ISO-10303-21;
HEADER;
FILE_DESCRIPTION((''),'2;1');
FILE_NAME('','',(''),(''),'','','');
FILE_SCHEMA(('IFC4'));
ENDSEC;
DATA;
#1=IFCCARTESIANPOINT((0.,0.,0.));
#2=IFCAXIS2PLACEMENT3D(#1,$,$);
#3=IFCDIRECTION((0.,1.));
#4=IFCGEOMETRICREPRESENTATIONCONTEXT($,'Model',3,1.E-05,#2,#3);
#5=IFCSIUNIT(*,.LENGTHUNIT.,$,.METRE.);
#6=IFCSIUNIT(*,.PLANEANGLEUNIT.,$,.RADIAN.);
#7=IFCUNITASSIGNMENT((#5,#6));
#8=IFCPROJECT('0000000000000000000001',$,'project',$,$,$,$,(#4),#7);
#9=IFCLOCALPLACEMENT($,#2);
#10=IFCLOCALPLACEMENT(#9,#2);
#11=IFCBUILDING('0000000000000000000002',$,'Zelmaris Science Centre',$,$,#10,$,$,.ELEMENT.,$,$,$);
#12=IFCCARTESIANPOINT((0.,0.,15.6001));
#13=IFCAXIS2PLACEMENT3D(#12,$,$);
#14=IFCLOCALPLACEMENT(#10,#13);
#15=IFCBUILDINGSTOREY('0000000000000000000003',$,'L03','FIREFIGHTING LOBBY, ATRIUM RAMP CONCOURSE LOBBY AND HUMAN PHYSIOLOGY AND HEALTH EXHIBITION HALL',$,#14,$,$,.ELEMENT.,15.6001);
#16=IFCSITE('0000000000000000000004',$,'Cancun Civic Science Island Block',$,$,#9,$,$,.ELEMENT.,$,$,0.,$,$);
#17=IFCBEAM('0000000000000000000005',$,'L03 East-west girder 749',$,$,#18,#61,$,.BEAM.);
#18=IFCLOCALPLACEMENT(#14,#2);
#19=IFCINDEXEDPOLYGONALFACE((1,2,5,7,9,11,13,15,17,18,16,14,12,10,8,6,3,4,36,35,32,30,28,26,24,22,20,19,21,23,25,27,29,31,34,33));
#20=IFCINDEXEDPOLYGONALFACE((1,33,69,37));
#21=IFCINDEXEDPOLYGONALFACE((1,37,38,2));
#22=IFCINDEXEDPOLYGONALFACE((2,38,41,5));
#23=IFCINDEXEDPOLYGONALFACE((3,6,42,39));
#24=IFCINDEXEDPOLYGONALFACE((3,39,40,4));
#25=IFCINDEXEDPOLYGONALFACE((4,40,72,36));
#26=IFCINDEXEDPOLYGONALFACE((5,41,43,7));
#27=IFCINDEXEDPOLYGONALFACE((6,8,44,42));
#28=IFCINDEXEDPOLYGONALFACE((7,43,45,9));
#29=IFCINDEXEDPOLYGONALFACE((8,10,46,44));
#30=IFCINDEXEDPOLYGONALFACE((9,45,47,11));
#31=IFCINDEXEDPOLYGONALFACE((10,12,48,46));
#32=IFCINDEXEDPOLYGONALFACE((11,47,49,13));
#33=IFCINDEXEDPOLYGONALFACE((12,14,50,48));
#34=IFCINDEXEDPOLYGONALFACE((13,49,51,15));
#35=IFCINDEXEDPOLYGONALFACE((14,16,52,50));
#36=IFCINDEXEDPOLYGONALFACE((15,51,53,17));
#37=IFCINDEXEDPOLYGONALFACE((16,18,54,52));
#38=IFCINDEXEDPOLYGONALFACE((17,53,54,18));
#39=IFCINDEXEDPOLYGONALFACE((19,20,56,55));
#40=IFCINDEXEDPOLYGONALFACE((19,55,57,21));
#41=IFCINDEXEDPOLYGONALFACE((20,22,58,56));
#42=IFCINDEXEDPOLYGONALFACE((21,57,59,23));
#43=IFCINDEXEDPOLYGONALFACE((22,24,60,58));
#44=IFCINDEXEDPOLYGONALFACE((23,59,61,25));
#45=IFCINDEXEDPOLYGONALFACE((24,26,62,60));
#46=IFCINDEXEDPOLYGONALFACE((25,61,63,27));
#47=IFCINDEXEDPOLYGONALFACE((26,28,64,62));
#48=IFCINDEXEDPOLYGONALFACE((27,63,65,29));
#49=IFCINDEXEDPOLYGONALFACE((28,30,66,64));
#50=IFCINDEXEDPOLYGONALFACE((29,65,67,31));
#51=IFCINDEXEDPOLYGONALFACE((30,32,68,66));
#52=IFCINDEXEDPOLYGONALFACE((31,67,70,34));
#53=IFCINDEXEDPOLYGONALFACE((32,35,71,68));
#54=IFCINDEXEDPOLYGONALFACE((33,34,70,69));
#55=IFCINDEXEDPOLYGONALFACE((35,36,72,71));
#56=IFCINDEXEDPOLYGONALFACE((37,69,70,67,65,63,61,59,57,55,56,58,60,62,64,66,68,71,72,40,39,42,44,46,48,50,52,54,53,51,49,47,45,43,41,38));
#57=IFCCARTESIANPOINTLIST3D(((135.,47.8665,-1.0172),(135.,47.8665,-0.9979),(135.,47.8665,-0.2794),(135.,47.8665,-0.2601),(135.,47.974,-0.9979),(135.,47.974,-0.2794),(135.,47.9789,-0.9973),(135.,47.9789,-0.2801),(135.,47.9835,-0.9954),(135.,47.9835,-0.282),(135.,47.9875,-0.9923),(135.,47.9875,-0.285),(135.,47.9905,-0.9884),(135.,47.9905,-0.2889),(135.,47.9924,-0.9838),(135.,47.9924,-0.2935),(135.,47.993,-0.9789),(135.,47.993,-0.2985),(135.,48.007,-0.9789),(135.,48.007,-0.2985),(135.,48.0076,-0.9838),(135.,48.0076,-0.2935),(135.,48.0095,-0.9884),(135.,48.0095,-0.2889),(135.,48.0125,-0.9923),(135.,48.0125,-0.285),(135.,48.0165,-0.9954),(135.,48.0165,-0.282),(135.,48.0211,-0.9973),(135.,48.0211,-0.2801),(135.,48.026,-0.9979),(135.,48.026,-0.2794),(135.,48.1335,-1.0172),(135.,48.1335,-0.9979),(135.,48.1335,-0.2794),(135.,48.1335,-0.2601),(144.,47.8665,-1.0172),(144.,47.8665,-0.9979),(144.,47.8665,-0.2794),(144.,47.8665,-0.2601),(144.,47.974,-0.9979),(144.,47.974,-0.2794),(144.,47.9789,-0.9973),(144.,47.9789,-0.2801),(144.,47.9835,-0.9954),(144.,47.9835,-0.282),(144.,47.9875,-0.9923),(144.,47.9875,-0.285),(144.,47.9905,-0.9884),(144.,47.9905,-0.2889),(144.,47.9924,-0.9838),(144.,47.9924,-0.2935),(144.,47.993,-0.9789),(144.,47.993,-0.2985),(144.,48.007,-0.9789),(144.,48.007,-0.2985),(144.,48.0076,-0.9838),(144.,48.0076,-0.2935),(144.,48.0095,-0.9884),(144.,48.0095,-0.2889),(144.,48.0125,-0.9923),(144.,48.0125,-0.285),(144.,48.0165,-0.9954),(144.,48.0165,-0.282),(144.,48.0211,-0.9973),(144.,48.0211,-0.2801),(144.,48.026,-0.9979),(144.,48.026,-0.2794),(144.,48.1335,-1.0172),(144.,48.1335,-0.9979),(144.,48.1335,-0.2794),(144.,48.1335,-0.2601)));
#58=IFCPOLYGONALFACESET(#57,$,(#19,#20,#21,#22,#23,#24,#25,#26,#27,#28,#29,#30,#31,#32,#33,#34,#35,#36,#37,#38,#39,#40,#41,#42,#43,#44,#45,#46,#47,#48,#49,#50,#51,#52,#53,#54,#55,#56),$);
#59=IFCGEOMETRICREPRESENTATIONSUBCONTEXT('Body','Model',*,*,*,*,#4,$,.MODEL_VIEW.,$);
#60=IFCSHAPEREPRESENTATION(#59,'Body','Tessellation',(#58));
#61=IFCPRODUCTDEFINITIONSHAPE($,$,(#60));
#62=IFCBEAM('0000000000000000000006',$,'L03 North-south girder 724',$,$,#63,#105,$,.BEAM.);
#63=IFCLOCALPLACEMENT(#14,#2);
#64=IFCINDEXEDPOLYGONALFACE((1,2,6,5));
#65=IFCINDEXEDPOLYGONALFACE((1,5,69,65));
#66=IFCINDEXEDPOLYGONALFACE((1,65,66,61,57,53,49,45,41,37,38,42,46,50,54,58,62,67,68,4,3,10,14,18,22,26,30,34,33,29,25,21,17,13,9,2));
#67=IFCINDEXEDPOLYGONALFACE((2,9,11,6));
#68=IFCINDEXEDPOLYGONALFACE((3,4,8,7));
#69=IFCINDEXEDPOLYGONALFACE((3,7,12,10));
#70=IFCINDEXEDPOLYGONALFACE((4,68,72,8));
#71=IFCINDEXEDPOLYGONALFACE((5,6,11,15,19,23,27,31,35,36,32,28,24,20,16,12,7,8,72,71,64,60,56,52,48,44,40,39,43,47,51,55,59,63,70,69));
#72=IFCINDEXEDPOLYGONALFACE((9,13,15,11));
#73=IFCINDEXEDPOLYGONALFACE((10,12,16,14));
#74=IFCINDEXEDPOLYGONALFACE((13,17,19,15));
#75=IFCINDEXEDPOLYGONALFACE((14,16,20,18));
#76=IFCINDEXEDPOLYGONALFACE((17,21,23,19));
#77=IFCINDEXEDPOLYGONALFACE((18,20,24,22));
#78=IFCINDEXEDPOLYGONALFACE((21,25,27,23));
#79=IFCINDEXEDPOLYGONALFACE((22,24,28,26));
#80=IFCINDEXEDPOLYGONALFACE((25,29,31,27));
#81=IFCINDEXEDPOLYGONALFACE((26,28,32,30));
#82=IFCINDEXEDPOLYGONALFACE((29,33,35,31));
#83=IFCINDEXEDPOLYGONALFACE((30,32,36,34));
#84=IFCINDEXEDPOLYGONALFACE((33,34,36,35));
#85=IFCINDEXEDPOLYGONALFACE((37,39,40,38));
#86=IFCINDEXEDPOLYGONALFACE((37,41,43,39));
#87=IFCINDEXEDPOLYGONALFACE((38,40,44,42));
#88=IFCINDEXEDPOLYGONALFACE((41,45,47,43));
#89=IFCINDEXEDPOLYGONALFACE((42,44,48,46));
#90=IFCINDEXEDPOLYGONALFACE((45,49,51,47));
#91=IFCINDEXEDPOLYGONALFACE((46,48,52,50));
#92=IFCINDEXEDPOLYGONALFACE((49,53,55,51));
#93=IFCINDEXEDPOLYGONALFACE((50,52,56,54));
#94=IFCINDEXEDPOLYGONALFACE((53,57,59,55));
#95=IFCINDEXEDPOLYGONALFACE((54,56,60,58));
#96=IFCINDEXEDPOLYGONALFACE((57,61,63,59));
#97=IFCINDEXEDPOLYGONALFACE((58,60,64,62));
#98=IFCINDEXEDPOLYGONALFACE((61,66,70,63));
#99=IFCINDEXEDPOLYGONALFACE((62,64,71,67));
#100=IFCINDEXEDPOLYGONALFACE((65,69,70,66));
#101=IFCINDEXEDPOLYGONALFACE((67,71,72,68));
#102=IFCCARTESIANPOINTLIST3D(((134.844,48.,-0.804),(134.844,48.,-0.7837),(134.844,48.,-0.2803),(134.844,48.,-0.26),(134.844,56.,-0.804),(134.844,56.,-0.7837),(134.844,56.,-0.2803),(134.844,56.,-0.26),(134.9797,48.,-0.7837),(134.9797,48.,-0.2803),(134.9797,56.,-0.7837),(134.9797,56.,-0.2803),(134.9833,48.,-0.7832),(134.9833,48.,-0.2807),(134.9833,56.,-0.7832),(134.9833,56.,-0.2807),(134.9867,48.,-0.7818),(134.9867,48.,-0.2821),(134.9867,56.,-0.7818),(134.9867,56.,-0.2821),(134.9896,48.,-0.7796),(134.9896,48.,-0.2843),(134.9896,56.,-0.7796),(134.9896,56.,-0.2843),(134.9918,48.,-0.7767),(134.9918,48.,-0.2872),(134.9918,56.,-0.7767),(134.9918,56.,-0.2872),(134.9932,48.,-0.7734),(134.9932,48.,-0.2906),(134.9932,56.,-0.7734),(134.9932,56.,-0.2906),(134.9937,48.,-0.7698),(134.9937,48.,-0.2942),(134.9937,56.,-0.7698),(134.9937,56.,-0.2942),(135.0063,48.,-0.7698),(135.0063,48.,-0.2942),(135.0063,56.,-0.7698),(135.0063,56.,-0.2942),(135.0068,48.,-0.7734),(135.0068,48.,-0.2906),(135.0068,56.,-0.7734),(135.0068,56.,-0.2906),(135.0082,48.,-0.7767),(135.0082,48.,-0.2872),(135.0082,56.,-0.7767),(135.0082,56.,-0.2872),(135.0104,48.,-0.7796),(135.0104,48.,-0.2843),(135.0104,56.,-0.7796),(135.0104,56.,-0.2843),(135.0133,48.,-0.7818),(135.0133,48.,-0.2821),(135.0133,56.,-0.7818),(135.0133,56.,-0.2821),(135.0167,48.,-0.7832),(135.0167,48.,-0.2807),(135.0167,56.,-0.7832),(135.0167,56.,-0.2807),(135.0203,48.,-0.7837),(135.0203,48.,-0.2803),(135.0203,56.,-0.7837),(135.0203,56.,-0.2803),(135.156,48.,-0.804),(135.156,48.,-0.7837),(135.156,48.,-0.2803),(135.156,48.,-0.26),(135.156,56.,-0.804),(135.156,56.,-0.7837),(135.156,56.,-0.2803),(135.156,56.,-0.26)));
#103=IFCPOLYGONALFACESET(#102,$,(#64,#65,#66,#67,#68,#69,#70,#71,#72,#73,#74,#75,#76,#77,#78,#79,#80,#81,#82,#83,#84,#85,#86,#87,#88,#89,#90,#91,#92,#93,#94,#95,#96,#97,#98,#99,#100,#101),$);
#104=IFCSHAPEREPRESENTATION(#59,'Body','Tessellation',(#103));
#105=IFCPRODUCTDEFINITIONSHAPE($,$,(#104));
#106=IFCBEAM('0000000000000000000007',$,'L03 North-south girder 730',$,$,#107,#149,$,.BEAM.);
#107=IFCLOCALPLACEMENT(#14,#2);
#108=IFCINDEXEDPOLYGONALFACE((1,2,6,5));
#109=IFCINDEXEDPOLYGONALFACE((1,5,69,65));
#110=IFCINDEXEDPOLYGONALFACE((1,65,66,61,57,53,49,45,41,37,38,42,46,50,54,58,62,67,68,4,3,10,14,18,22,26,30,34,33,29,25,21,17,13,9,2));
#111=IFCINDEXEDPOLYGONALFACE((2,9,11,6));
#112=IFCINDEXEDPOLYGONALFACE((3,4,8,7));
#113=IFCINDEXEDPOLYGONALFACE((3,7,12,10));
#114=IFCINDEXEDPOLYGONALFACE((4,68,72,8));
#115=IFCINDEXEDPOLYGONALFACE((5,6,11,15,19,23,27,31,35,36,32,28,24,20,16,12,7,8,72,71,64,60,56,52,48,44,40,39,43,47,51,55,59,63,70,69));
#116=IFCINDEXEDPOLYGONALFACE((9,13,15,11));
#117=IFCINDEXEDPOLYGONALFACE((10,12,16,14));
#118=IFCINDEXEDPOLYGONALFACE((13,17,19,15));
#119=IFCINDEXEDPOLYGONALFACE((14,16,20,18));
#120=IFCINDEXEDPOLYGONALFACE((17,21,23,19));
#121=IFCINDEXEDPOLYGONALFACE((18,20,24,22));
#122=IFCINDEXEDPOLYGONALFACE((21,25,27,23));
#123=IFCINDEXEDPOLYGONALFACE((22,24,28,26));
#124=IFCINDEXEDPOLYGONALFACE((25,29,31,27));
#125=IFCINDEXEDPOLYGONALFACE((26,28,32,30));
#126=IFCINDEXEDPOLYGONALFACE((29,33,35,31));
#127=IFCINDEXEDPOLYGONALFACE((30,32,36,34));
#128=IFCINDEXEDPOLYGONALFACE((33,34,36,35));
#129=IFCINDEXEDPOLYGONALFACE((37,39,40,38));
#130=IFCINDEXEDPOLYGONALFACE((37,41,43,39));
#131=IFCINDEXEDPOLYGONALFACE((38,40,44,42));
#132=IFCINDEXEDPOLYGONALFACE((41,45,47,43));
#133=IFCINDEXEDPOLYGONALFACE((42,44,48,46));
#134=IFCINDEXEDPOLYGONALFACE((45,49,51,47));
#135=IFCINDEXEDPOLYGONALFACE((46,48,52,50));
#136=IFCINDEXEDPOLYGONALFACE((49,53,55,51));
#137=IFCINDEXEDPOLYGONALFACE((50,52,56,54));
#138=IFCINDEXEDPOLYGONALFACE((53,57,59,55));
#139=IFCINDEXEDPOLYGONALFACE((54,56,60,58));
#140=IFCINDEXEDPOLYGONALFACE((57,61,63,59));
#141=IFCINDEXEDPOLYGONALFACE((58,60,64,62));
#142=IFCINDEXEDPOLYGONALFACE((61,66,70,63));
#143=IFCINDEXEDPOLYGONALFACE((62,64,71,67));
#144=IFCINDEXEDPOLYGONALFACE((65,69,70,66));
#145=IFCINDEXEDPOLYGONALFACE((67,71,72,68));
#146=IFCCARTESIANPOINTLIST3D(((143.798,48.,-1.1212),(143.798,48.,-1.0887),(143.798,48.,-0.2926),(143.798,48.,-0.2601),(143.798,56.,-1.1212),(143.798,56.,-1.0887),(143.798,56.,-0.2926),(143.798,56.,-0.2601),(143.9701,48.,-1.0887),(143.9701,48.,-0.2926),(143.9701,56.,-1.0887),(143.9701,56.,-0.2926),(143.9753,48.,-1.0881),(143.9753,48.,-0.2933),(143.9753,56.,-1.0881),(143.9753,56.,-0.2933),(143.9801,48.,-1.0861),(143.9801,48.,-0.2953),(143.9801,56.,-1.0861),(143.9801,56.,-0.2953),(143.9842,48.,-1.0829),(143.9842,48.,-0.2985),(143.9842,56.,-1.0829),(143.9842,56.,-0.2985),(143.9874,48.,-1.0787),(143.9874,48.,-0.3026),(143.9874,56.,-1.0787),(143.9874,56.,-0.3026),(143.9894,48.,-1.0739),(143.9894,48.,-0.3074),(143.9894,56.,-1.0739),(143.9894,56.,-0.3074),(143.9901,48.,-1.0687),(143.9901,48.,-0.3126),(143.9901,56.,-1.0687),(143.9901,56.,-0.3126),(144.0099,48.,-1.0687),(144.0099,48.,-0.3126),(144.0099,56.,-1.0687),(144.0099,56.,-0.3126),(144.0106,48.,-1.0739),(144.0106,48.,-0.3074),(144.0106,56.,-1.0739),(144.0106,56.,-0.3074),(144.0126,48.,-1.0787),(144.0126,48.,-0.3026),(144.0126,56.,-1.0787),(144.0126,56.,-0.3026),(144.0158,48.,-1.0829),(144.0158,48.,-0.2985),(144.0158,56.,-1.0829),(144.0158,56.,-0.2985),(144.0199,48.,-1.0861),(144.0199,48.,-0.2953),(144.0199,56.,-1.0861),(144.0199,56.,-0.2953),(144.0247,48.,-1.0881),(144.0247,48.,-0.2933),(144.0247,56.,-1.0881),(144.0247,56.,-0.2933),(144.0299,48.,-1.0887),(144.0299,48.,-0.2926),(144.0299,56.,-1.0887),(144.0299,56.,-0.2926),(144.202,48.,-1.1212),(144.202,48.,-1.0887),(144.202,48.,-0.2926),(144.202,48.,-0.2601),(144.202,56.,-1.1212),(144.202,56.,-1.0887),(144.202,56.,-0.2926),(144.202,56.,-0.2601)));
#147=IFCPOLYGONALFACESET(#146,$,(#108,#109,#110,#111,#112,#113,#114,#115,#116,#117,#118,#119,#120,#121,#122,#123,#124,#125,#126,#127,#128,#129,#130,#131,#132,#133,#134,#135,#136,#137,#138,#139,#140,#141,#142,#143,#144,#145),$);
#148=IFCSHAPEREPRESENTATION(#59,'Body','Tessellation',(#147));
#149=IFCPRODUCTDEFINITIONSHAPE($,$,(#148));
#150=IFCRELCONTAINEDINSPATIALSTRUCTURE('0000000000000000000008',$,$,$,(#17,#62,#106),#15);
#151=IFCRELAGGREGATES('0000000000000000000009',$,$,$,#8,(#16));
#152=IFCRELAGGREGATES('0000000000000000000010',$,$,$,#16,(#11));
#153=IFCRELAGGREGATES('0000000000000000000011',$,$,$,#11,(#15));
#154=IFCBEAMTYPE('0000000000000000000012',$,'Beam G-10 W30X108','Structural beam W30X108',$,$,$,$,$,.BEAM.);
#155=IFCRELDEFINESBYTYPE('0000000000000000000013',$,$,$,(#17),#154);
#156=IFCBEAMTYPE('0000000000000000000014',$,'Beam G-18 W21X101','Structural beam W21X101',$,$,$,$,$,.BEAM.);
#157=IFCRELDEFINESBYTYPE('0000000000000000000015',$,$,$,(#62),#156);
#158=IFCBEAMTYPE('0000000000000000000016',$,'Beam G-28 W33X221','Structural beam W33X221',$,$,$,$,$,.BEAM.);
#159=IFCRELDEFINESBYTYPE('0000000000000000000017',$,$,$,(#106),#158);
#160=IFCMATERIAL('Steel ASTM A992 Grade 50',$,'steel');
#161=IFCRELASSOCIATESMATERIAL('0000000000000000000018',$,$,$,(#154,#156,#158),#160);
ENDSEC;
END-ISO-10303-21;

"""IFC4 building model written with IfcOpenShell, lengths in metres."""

from ifc_helpers import new_model, si_unit, direction, frame, origin, origin_2d, place, context, subcontext, project, spatial, i_section, extrude, material, material_profile, profile_set, type_object, element, save


model = new_model("IFC4")

# Units and contexts
model_context = context("Model", 3, precision=1e-05, world=origin(), true_north=direction((0.0, 1.0)))
body_context = subcontext(model_context, "Body", "Model", "MODEL_VIEW")
ifc_project = project(units=[si_unit("LENGTHUNIT", "METRE"), si_unit("PLANEANGLEUNIT", "RADIAN")], contexts=[model_context])

# Site, building, storey
site_placement = place(None, origin())
site = spatial("IfcSite", under=ifc_project, at=site_placement, Name="Cancun Civic Science Island Block", CompositionType="ELEMENT", RefElevation=0.0)
building_placement = place(site_placement, origin())
building = spatial("IfcBuilding", under=site, at=building_placement, Name="Zelmaris Science Centre", CompositionType="ELEMENT")
storey_placement = place(building_placement, frame((0.0, 0.0, 15.6001)))
storey = spatial("IfcBuildingStorey", under=building, at=storey_placement, Name="L03", Description="FIREFIGHTING LOBBY, ATRIUM RAMP CONCOURSE LOBBY AND HUMAN PHYSIOLOGY AND HEALTH EXHIBITION HALL", CompositionType="ELEMENT", Elevation=15.6001)

# Shared definitions
ifc_material_1 = material(Name="Steel ASTM A992 Grade 50", Category="steel")

# Beams
ifc_material_profile_1 = material_profile(ifc_material_1, i_section(OverallWidth=0.2671, OverallDepth=0.7571, WebThickness=0.0139, FlangeThickness=0.0193, FilletRadius=0.019, at=origin_2d()), Name="W30X108")
ifc_profile_set_1 = profile_set([ifc_material_profile_1], Name="Steel ASTM A992 Grade 50")
beam_type_1 = type_object("IfcBeamType", Name="Beam G-10 W30X108", Description="Structural beam W30X108", PredefinedType="BEAM", material=ifc_profile_set_1)
beam_1_placement = place(storey_placement, frame((135.0, 48.0, -0.6387), z_axis=(1.0, 0.0, 0.0), x_axis=(0.0, 1.0, 0.0)))
element("IfcBeam", 1, at=beam_1_placement, inside=storey, type_object=beam_type_1, Name="L03 East-west girder 749", PredefinedType="BEAM", context=body_context, shape_type="SweptSolid", body=[
    extrude(i_section(OverallWidth=0.2671, OverallDepth=0.7571, WebThickness=0.0139, FlangeThickness=0.0193, FilletRadius=0.019, at=origin_2d()), origin(), (0.0, 0.0, 1.0), 9.0),
])
ifc_material_profile_2 = material_profile(ifc_material_1, i_section(OverallWidth=0.312, OverallDepth=0.5439, WebThickness=0.0127, FlangeThickness=0.0203, FilletRadius=0.0139, at=origin_2d()), Name="W21X101")
ifc_profile_set_2 = profile_set([ifc_material_profile_2], Name="Steel ASTM A992 Grade 50")
beam_type_2 = type_object("IfcBeamType", Name="Beam G-18 W21X101", Description="Structural beam W21X101", PredefinedType="BEAM", material=ifc_profile_set_2)
beam_2_placement = place(storey_placement, frame((135.0, 48.0, -0.532), z_axis=(0.0, 1.0, 0.0), x_axis=(-1.0, 0.0, 0.0)))
element("IfcBeam", 2, at=beam_2_placement, inside=storey, type_object=beam_type_2, Name="L03 North-south girder 724", PredefinedType="BEAM", context=body_context, shape_type="SweptSolid", body=[
    extrude(i_section(OverallWidth=0.312, OverallDepth=0.5439, WebThickness=0.0127, FlangeThickness=0.0203, FilletRadius=0.0139, at=origin_2d()), origin(), (0.0, 0.0, 1.0), 8.0),
])
ifc_material_profile_3 = material_profile(ifc_material_1, i_section(OverallWidth=0.4041, OverallDepth=0.8611, WebThickness=0.0198, FlangeThickness=0.0325, FilletRadius=0.02, at=origin_2d()), Name="W33X221")
ifc_profile_set_3 = profile_set([ifc_material_profile_3], Name="Steel ASTM A992 Grade 50")
beam_type_3 = type_object("IfcBeamType", Name="Beam G-28 W33X221", Description="Structural beam W33X221", PredefinedType="BEAM", material=ifc_profile_set_3)
beam_3_placement = place(storey_placement, frame((144.0, 48.0, -0.6907), z_axis=(0.0, 1.0, 0.0), x_axis=(-1.0, 0.0, 0.0)))
element("IfcBeam", 3, at=beam_3_placement, inside=storey, type_object=beam_type_3, Name="L03 North-south girder 730", PredefinedType="BEAM", context=body_context, shape_type="SweptSolid", body=[
    extrude(i_section(OverallWidth=0.4041, OverallDepth=0.8611, WebThickness=0.0198, FlangeThickness=0.0325, FilletRadius=0.02, at=origin_2d()), origin(), (0.0, 0.0, 1.0), 8.0),
])

save(model, "model.ifc")
